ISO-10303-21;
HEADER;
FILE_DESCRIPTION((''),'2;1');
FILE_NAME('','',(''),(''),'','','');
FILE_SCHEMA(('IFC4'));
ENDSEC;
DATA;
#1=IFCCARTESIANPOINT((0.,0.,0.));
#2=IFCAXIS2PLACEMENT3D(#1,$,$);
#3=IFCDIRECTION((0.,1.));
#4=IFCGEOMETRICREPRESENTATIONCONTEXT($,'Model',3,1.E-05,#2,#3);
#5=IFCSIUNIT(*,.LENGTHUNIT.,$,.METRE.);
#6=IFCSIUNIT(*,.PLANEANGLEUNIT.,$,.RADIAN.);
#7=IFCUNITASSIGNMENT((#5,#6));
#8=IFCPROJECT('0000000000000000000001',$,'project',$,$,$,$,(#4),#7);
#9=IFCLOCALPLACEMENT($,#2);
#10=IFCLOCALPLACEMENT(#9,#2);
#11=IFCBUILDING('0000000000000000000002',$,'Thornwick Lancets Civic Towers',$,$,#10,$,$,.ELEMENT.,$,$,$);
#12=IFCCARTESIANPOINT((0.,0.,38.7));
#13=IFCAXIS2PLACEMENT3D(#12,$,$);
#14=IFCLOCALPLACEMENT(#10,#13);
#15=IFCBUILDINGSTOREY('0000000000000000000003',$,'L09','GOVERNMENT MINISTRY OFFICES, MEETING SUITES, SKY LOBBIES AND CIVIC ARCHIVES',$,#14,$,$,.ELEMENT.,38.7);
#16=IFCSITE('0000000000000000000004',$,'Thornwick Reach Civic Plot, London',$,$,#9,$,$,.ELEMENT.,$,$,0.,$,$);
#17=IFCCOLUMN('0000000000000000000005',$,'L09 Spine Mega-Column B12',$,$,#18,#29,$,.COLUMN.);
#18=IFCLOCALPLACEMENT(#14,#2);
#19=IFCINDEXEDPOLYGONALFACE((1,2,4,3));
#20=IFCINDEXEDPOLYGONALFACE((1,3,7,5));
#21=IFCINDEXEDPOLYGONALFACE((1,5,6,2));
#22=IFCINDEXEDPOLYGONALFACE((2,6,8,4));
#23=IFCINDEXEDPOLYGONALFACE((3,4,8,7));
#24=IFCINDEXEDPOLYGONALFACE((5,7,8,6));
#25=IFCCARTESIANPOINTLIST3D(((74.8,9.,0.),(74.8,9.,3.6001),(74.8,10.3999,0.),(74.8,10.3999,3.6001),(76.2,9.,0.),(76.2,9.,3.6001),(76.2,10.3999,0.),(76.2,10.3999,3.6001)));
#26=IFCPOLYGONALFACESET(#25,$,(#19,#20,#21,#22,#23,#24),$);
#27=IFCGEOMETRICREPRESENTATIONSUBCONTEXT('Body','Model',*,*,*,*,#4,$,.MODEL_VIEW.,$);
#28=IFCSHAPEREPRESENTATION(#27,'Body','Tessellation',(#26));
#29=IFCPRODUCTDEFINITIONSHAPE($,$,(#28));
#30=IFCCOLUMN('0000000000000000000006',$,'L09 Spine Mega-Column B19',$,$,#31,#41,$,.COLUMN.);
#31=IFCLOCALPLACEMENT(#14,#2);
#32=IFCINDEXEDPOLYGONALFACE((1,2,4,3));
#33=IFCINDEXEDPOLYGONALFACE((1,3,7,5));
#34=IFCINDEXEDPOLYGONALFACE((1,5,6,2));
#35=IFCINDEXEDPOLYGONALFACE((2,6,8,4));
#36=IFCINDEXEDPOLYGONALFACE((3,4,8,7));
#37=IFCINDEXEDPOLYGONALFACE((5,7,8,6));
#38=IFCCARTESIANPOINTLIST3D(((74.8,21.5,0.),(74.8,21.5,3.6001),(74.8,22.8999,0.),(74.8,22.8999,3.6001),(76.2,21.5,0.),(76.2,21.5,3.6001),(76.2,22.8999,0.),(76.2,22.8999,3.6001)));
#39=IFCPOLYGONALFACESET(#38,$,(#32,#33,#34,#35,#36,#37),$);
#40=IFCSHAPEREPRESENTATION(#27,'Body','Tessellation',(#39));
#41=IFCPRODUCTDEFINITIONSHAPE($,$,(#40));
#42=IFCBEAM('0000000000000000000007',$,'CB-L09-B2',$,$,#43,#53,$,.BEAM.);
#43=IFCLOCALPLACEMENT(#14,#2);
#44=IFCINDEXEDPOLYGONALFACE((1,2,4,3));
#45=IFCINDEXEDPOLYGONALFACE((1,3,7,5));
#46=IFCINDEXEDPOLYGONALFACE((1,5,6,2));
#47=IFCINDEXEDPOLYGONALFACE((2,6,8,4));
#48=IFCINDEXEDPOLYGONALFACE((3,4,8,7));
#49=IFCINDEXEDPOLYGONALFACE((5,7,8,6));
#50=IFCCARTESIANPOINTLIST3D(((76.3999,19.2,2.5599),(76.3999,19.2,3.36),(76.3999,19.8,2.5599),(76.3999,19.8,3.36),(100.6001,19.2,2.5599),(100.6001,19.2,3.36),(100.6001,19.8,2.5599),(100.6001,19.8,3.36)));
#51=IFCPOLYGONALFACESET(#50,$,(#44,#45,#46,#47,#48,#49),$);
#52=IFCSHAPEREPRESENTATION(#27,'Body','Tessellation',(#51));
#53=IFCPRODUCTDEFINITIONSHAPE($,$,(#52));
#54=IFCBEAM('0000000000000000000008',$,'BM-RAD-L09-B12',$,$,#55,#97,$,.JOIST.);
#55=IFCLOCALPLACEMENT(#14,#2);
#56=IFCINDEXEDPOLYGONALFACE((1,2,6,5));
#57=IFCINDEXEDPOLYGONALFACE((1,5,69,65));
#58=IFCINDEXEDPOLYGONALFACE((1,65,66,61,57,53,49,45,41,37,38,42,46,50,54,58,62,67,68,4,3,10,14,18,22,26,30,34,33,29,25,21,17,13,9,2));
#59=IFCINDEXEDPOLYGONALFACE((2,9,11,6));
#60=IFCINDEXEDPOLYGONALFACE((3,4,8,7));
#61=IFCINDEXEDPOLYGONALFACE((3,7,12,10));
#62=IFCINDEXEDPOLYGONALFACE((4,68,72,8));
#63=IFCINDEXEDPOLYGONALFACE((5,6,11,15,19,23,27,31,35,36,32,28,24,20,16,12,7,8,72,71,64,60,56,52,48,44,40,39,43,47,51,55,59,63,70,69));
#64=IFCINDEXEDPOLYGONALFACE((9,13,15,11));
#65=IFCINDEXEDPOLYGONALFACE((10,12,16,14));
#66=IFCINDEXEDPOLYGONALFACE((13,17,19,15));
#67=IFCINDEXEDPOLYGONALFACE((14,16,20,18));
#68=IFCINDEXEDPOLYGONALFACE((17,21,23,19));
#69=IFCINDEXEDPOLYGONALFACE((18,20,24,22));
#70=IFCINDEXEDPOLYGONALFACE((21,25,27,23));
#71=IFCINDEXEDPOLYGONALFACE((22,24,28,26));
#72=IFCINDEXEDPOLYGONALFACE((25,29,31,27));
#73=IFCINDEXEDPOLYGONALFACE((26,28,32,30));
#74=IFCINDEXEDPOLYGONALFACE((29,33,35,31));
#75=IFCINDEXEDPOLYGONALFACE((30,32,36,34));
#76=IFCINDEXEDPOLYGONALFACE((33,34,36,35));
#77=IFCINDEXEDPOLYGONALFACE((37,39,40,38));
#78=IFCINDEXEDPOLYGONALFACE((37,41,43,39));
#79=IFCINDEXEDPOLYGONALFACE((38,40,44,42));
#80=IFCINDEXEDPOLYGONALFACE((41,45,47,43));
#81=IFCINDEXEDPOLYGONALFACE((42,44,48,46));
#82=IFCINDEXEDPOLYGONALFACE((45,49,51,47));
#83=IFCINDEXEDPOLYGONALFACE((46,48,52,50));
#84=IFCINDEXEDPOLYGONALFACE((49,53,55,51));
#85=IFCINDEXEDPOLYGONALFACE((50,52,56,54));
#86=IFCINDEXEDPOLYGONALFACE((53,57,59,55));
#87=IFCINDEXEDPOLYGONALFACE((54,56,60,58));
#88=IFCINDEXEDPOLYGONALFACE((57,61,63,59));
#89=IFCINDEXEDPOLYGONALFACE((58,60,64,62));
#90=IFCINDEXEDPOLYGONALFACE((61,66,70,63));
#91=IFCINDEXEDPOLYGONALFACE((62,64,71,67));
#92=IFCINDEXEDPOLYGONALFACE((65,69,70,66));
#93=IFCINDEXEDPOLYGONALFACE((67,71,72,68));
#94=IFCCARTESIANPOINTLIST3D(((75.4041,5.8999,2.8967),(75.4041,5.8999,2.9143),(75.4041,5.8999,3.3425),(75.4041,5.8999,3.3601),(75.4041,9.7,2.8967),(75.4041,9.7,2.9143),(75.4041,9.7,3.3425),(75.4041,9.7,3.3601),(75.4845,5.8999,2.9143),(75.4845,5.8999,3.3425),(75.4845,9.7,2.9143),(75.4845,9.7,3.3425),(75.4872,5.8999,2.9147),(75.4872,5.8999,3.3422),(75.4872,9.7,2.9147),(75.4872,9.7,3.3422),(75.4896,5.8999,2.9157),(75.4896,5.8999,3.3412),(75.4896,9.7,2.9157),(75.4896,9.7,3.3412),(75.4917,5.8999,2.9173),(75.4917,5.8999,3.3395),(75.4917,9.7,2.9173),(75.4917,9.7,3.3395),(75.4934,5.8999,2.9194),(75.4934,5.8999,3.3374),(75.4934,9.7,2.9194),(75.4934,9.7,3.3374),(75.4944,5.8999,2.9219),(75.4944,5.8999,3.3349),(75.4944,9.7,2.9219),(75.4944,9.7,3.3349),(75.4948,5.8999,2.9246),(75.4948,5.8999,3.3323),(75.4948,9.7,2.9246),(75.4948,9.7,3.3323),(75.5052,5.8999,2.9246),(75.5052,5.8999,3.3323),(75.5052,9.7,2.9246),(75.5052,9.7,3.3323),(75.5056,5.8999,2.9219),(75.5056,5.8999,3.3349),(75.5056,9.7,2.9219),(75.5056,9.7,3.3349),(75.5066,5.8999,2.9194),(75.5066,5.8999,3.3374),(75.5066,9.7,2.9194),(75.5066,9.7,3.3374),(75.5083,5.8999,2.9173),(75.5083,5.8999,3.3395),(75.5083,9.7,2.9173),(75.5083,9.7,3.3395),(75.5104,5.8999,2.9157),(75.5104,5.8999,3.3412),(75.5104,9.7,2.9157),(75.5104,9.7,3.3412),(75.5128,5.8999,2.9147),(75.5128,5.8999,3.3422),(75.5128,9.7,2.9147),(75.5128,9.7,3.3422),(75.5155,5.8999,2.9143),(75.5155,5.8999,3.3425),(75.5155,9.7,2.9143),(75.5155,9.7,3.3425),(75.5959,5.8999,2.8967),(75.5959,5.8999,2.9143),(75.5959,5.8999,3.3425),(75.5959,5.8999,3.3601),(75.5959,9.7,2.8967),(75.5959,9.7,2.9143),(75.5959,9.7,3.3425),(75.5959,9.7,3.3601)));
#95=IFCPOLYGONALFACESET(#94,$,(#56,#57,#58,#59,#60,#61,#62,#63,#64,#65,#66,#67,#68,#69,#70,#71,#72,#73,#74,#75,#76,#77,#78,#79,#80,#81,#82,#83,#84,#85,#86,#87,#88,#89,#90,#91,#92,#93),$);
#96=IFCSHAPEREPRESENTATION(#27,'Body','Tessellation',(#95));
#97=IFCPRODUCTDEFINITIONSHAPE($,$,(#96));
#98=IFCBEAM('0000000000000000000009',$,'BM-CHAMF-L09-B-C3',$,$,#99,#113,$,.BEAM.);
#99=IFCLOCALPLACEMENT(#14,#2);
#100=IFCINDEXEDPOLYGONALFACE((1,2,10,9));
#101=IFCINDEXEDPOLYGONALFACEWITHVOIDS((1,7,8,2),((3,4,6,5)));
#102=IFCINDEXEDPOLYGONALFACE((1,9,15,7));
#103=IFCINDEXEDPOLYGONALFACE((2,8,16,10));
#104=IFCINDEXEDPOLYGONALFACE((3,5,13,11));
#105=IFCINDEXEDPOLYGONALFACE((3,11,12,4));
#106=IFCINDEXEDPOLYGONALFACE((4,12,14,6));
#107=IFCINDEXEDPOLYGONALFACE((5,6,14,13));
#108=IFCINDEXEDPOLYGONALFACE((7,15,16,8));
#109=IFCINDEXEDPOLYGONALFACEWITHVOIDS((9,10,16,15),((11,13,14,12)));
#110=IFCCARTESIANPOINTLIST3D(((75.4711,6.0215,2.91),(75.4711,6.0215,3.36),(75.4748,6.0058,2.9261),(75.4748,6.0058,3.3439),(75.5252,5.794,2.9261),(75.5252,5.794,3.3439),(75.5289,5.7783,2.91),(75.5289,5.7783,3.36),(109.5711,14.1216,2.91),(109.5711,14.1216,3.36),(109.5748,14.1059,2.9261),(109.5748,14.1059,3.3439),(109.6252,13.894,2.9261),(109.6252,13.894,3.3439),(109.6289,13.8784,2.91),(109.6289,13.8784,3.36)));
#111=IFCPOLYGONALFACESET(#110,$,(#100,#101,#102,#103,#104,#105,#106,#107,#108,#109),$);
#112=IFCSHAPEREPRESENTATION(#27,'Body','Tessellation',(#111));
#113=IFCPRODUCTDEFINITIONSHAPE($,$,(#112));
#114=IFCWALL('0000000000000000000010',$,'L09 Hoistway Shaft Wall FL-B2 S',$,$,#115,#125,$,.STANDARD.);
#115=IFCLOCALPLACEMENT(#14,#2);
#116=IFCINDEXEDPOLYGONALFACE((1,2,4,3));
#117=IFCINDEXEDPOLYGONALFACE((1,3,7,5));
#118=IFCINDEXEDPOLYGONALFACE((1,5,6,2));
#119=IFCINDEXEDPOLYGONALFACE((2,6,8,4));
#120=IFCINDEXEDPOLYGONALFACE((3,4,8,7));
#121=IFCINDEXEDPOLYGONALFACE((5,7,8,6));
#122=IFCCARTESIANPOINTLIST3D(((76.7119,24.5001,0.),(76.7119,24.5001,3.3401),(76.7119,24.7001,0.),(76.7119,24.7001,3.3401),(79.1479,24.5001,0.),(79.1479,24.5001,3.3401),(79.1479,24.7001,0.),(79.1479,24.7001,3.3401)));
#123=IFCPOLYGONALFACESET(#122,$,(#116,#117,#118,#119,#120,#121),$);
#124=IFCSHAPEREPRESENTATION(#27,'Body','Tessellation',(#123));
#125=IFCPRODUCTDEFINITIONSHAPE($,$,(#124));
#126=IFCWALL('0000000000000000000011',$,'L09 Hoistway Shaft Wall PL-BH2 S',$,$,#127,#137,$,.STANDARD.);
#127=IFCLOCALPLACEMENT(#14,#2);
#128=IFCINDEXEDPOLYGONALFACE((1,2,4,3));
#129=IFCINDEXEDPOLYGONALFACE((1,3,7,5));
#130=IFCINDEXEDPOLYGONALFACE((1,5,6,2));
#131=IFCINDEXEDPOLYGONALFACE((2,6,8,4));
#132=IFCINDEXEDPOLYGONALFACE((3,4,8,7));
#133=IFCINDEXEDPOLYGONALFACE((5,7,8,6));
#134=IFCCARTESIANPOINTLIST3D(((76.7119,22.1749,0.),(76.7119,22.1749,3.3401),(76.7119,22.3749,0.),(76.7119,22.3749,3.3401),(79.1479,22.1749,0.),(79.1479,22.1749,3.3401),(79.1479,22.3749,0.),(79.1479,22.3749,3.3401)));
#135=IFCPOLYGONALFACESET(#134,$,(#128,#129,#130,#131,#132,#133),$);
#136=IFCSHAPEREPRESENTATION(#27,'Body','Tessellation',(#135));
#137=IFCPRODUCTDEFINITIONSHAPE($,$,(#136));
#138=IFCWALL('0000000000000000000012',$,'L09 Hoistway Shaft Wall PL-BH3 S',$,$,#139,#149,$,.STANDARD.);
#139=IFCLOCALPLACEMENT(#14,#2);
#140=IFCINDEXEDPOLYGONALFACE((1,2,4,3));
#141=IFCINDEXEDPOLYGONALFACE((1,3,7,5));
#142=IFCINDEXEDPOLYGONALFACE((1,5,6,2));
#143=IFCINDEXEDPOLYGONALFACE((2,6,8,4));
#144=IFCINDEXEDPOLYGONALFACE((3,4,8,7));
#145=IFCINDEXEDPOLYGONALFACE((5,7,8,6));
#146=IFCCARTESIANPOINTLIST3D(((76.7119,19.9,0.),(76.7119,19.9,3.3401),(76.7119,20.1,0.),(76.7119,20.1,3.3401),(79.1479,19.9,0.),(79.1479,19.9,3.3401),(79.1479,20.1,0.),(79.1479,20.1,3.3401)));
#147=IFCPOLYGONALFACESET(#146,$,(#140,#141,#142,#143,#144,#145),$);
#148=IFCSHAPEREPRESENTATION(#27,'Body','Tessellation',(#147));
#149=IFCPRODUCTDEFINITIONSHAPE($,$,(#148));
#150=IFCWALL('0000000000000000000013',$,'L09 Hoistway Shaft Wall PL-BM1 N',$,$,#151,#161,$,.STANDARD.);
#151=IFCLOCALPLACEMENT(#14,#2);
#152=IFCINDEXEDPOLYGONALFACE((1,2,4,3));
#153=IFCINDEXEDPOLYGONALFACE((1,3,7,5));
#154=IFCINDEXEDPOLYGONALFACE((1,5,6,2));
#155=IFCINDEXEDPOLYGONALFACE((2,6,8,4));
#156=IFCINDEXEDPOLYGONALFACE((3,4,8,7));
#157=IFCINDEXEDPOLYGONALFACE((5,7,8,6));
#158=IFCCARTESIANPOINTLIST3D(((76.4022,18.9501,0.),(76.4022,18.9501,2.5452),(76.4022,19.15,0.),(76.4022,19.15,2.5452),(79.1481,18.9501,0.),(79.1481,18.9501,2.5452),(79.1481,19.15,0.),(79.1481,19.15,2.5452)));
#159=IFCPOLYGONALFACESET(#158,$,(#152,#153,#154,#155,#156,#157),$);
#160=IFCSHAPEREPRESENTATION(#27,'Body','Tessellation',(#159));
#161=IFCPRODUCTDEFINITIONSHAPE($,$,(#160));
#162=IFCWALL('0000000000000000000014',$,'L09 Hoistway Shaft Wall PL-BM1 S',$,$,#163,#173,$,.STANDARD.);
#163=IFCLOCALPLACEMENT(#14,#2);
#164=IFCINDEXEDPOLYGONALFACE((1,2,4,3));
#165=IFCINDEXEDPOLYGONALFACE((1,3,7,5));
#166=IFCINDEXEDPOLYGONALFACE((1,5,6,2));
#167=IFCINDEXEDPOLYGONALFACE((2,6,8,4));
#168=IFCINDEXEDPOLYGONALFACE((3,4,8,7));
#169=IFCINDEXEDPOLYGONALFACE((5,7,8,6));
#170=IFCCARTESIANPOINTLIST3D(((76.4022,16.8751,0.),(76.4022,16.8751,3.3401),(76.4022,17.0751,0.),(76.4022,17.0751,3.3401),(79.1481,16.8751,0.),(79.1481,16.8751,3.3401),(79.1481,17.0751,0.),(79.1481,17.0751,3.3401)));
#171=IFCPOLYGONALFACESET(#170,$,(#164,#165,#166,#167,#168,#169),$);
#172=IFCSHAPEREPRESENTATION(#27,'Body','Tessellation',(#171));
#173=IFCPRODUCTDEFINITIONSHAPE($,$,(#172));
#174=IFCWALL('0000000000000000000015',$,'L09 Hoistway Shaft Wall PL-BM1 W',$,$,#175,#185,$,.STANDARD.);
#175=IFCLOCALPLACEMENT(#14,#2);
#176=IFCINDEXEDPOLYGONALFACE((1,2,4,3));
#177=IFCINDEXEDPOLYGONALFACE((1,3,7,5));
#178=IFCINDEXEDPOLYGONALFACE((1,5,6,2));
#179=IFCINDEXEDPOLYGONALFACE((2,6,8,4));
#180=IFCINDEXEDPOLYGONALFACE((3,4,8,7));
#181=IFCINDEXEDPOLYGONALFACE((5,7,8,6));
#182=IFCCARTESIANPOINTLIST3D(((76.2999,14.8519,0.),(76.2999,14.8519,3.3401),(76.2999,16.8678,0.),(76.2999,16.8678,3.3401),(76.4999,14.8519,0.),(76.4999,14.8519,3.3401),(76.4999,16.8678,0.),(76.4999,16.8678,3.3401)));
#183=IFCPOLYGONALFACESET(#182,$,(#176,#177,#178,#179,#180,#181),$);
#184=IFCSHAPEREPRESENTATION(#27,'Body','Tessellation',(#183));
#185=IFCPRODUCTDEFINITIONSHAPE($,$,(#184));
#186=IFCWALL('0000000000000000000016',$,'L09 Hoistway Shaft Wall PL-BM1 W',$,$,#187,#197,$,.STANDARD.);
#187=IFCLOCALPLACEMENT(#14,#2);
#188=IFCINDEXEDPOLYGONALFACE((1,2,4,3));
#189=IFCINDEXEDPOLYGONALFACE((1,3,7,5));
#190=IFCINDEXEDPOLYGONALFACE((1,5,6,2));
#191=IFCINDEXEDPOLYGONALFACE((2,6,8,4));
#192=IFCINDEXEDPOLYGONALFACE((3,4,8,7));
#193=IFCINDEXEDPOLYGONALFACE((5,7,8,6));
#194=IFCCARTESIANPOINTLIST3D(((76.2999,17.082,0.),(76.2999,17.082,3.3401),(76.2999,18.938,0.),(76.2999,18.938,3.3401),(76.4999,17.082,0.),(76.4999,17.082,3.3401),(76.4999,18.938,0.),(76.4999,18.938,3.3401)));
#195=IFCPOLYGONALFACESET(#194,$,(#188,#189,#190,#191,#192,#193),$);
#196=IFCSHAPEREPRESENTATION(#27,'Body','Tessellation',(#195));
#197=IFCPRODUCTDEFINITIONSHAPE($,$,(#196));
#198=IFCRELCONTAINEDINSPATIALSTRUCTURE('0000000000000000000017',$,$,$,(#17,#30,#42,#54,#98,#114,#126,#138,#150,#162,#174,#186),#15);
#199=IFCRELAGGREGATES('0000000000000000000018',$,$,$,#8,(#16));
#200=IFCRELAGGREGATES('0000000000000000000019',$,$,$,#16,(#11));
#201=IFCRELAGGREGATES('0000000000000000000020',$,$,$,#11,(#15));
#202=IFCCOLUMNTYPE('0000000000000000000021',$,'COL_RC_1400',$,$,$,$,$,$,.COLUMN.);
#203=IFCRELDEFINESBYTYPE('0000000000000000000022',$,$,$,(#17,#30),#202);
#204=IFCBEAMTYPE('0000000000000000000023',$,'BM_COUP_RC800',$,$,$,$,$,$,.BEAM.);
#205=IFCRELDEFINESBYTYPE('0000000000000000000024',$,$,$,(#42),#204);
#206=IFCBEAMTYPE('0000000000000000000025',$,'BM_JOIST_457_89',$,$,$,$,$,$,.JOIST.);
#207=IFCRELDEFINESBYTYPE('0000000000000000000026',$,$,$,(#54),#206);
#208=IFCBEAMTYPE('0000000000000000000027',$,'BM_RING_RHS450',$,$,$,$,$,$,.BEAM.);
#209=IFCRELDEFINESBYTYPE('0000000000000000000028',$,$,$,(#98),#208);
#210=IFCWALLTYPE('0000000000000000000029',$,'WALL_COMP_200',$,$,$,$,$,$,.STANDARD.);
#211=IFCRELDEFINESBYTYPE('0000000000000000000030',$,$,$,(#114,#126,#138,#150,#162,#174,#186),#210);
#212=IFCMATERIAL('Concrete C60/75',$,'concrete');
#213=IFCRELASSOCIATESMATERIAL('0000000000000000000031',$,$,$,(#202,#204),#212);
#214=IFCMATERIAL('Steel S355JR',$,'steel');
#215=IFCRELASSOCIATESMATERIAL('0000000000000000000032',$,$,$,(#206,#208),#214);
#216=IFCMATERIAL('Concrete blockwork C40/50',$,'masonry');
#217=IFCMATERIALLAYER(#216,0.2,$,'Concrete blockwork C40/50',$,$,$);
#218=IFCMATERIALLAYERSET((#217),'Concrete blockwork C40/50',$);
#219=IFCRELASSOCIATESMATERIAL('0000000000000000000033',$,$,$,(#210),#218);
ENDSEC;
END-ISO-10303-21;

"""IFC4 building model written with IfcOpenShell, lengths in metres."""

from ifc_helpers import new_model, si_unit, direction, frame, frame_2d, origin, origin_2d, place, context, subcontext, project, spatial, rectangle, hollow_rectangle, i_section, extrude, material, layer, layer_set, material_profile, profile_set, type_object, element, save


model = new_model("IFC4")

# Units and contexts
model_context = context("Model", 3, precision=1e-05, world=origin(), true_north=direction((0.0, 1.0)))
body_context = subcontext(model_context, "Body", "Model", "MODEL_VIEW")
ifc_project = project(units=[si_unit("LENGTHUNIT", "METRE"), si_unit("PLANEANGLEUNIT", "RADIAN")], contexts=[model_context])

# Site, building, storey
site_placement = place(None, origin())
site = spatial("IfcSite", under=ifc_project, at=site_placement, Name="Thornwick Reach Civic Plot, London", CompositionType="ELEMENT", RefElevation=0.0)
building_placement = place(site_placement, origin())
building = spatial("IfcBuilding", under=site, at=building_placement, Name="Thornwick Lancets Civic Towers", CompositionType="ELEMENT")
storey_placement = place(building_placement, frame((0.0, 0.0, 38.7)))
storey = spatial("IfcBuildingStorey", under=building, at=storey_placement, Name="L09", Description="GOVERNMENT MINISTRY OFFICES, MEETING SUITES, SKY LOBBIES AND CIVIC ARCHIVES", CompositionType="ELEMENT", Elevation=38.7)

# Columns
ifc_material_1 = material(Name="Concrete C60/75", Category="concrete")
ifc_material_profile_1 = material_profile(ifc_material_1, rectangle(XDim=1.3999, YDim=1.3999, at=origin_2d()), Name="RC 1400x1400")
ifc_profile_set_1 = profile_set([ifc_material_profile_1], Name="Concrete C60/75")
column_type = type_object("IfcColumnType", Name="COL_RC_1400", PredefinedType="COLUMN", material=ifc_profile_set_1)
for number, where, z_axis, x_axis, name in (
    (1, (75.5, 9.7, 0.0), (0.0, 0.0, 1.0), (1.0, 0.0, 0.0), "L09 Spine Mega-Column B12"),
    (2, (75.5, 22.2, 0.0), (0.0, 0.0, 1.0), (1.0, 0.0, 0.0), "L09 Spine Mega-Column B19"),
):
    element("IfcColumn", number, at=place(storey_placement, frame(where, z_axis=z_axis, x_axis=x_axis)), inside=storey, type_object=column_type, Name=name, PredefinedType="COLUMN", context=body_context, shape_type="SweptSolid", body=[
        extrude(rectangle(XDim=1.3999, YDim=1.3999, at=origin_2d()), origin(), (0.0, 0.0, 1.0), 3.6001),
    ])

# Beams
ifc_material_profile_2 = material_profile(ifc_material_1, rectangle(XDim=0.6001, YDim=0.8, at=origin_2d()), Name="RC 600x800")
ifc_profile_set_2 = profile_set([ifc_material_profile_2], Name="Concrete C60/75")
beam_type_1 = type_object("IfcBeamType", Name="BM_COUP_RC800", PredefinedType="BEAM", material=ifc_profile_set_2)
beam_1_placement = place(storey_placement, frame((76.3999, 19.5, 2.96), z_axis=(1.0, 0.0, 0.0), x_axis=(0.0, 1.0, 0.0)))
element("IfcBeam", 3, at=beam_1_placement, inside=storey, type_object=beam_type_1, Name="CB-L09-B2", PredefinedType="BEAM", context=body_context, shape_type="SweptSolid", body=[
    extrude(rectangle(XDim=0.6001, YDim=0.8, at=origin_2d()), origin(), (0.0, 0.0, 1.0), 24.2002),
])
ifc_material_2 = material(Name="Steel S355JR", Category="steel")
ifc_material_profile_3 = material_profile(ifc_material_2, i_section(OverallWidth=0.1919, OverallDepth=0.4634, WebThickness=0.0105, FlangeThickness=0.0176, FilletRadius=0.0103, at=origin_2d()), Name="UKB 457x191x89")
ifc_profile_set_3 = profile_set([ifc_material_profile_3], Name="Steel S355JR")
beam_type_2 = type_object("IfcBeamType", Name="BM_JOIST_457_89", PredefinedType="JOIST", material=ifc_profile_set_3)
beam_2_placement = place(storey_placement, frame((75.5, 9.7, 3.1284), z_axis=(0.0, -1.0, 0.0), x_axis=(1.0, 0.0, 0.0)))
element("IfcBeam", 4, at=beam_2_placement, inside=storey, type_object=beam_type_2, Name="BM-RAD-L09-B12", PredefinedType="JOIST", context=body_context, shape_type="SweptSolid", body=[
    extrude(i_section(OverallWidth=0.1919, OverallDepth=0.4634, WebThickness=0.0105, FlangeThickness=0.0176, FilletRadius=0.0103, at=origin_2d()), origin(), (0.0, 0.0, 1.0), 3.8),
])
ifc_material_profile_4 = material_profile(ifc_material_2, hollow_rectangle(XDim=0.25, YDim=0.45, WallThickness=0.0161, at=origin_2d()), Name="RHS 450x250x16")
ifc_profile_set_4 = profile_set([ifc_material_profile_4], Name="Steel S355JR")
beam_type_3 = type_object("IfcBeamType", Name="BM_RING_RHS450", PredefinedType="BEAM", material=ifc_profile_set_4)
beam_3_placement = place(storey_placement, frame((75.5, 5.8999, 3.135), z_axis=(0.972928, 0.231108, 0.0), x_axis=(-0.231108, 0.972928, 0.0)))
element("IfcBeam", 5, at=beam_3_placement, inside=storey, type_object=beam_type_3, Name="BM-CHAMF-L09-B-C3", PredefinedType="BEAM", context=body_context, shape_type="SweptSolid", body=[
    extrude(hollow_rectangle(XDim=0.25, YDim=0.45, WallThickness=0.0161, at=origin_2d()), origin(), (0.0, 0.0, 1.0), 35.0488),
])

# Walls
ifc_material_3 = material(Name="Concrete blockwork C40/50", Category="masonry")
ifc_layer_1 = layer(ifc_material_3, 0.2, Name="Concrete blockwork C40/50")
ifc_layer_set_1 = layer_set([ifc_layer_1], Name="Concrete blockwork C40/50")
wall_type_1 = type_object("IfcWallType", Name="WALL_COMP_200", PredefinedType="STANDARD", material=ifc_layer_set_1)
for number, where, z_axis, x_axis, name in (
    (6, (76.7119, 24.6001, 0.0), (0.0, 0.0, 1.0), (1.0, 0.0, 0.0), "L09 Hoistway Shaft Wall FL-B2 S"),
    (7, (76.7119, 22.2749, 0.0), (0.0, 0.0, 1.0), (1.0, 0.0, 0.0), "L09 Hoistway Shaft Wall PL-BH2 S"),
    (8, (76.7119, 20.0, 0.0), (0.0, 0.0, 1.0), (1.0, 0.0, 0.0), "L09 Hoistway Shaft Wall PL-BH3 S"),
):
    element("IfcWall", number, at=place(storey_placement, frame(where, z_axis=z_axis, x_axis=x_axis)), inside=storey, type_object=wall_type_1, Name=name, PredefinedType="STANDARD", context=body_context, shape_type="SweptSolid", body=[
        extrude(rectangle(XDim=2.436, YDim=0.2, at=frame_2d((1.218, 0.0))), origin(), (0.0, 0.0, 1.0), 3.3401),
    ])
wall_1_placement = place(storey_placement, frame((76.4021, 19.05, 0.0), z_axis=(0.0, 0.0, 1.0), x_axis=(1.0, 0.0, 0.0)))
element("IfcWall", 9, at=wall_1_placement, inside=storey, type_object=wall_type_1, Name="L09 Hoistway Shaft Wall PL-BM1 N", PredefinedType="STANDARD", context=body_context, shape_type="SweptSolid", body=[
    extrude(rectangle(XDim=2.7458, YDim=0.2, at=frame_2d((1.373, 0.0))), origin(), (0.0, 0.0, 1.0), 2.5452),
])
wall_2_placement = place(storey_placement, frame((76.4021, 16.9751, 0.0), z_axis=(0.0, 0.0, 1.0), x_axis=(1.0, 0.0, 0.0)))
element("IfcWall", 10, at=wall_2_placement, inside=storey, type_object=wall_type_1, Name="L09 Hoistway Shaft Wall PL-BM1 S", PredefinedType="STANDARD", context=body_context, shape_type="SweptSolid", body=[
    extrude(rectangle(XDim=2.7458, YDim=0.2, at=frame_2d((1.373, 0.0))), origin(), (0.0, 0.0, 1.0), 3.3401),
])
wall_3_placement = place(storey_placement, frame((76.3999, 14.8521, 0.0), z_axis=(0.0, 0.0, 1.0), x_axis=(0.0, 1.0, 0.0)))
element("IfcWall", 11, at=wall_3_placement, inside=storey, type_object=wall_type_1, Name="L09 Hoistway Shaft Wall PL-BM1 W", PredefinedType="STANDARD", context=body_context, shape_type="SweptSolid", body=[
    extrude(rectangle(XDim=2.0159, YDim=0.2, at=frame_2d((1.0078, 0.0))), origin(), (0.0, 0.0, 1.0), 3.3401),
])
wall_4_placement = place(storey_placement, frame((76.3999, 17.082, 0.0), z_axis=(0.0, 0.0, 1.0), x_axis=(0.0, 1.0, 0.0)))
element("IfcWall", 12, at=wall_4_placement, inside=storey, type_object=wall_type_1, Name="L09 Hoistway Shaft Wall PL-BM1 W", PredefinedType="STANDARD", context=body_context, shape_type="SweptSolid", body=[
    extrude(rectangle(XDim=1.856, YDim=0.2, at=frame_2d((0.928, 0.0))), origin(), (0.0, 0.0, 1.0), 3.3401),
])

save(model, "model.ifc")
